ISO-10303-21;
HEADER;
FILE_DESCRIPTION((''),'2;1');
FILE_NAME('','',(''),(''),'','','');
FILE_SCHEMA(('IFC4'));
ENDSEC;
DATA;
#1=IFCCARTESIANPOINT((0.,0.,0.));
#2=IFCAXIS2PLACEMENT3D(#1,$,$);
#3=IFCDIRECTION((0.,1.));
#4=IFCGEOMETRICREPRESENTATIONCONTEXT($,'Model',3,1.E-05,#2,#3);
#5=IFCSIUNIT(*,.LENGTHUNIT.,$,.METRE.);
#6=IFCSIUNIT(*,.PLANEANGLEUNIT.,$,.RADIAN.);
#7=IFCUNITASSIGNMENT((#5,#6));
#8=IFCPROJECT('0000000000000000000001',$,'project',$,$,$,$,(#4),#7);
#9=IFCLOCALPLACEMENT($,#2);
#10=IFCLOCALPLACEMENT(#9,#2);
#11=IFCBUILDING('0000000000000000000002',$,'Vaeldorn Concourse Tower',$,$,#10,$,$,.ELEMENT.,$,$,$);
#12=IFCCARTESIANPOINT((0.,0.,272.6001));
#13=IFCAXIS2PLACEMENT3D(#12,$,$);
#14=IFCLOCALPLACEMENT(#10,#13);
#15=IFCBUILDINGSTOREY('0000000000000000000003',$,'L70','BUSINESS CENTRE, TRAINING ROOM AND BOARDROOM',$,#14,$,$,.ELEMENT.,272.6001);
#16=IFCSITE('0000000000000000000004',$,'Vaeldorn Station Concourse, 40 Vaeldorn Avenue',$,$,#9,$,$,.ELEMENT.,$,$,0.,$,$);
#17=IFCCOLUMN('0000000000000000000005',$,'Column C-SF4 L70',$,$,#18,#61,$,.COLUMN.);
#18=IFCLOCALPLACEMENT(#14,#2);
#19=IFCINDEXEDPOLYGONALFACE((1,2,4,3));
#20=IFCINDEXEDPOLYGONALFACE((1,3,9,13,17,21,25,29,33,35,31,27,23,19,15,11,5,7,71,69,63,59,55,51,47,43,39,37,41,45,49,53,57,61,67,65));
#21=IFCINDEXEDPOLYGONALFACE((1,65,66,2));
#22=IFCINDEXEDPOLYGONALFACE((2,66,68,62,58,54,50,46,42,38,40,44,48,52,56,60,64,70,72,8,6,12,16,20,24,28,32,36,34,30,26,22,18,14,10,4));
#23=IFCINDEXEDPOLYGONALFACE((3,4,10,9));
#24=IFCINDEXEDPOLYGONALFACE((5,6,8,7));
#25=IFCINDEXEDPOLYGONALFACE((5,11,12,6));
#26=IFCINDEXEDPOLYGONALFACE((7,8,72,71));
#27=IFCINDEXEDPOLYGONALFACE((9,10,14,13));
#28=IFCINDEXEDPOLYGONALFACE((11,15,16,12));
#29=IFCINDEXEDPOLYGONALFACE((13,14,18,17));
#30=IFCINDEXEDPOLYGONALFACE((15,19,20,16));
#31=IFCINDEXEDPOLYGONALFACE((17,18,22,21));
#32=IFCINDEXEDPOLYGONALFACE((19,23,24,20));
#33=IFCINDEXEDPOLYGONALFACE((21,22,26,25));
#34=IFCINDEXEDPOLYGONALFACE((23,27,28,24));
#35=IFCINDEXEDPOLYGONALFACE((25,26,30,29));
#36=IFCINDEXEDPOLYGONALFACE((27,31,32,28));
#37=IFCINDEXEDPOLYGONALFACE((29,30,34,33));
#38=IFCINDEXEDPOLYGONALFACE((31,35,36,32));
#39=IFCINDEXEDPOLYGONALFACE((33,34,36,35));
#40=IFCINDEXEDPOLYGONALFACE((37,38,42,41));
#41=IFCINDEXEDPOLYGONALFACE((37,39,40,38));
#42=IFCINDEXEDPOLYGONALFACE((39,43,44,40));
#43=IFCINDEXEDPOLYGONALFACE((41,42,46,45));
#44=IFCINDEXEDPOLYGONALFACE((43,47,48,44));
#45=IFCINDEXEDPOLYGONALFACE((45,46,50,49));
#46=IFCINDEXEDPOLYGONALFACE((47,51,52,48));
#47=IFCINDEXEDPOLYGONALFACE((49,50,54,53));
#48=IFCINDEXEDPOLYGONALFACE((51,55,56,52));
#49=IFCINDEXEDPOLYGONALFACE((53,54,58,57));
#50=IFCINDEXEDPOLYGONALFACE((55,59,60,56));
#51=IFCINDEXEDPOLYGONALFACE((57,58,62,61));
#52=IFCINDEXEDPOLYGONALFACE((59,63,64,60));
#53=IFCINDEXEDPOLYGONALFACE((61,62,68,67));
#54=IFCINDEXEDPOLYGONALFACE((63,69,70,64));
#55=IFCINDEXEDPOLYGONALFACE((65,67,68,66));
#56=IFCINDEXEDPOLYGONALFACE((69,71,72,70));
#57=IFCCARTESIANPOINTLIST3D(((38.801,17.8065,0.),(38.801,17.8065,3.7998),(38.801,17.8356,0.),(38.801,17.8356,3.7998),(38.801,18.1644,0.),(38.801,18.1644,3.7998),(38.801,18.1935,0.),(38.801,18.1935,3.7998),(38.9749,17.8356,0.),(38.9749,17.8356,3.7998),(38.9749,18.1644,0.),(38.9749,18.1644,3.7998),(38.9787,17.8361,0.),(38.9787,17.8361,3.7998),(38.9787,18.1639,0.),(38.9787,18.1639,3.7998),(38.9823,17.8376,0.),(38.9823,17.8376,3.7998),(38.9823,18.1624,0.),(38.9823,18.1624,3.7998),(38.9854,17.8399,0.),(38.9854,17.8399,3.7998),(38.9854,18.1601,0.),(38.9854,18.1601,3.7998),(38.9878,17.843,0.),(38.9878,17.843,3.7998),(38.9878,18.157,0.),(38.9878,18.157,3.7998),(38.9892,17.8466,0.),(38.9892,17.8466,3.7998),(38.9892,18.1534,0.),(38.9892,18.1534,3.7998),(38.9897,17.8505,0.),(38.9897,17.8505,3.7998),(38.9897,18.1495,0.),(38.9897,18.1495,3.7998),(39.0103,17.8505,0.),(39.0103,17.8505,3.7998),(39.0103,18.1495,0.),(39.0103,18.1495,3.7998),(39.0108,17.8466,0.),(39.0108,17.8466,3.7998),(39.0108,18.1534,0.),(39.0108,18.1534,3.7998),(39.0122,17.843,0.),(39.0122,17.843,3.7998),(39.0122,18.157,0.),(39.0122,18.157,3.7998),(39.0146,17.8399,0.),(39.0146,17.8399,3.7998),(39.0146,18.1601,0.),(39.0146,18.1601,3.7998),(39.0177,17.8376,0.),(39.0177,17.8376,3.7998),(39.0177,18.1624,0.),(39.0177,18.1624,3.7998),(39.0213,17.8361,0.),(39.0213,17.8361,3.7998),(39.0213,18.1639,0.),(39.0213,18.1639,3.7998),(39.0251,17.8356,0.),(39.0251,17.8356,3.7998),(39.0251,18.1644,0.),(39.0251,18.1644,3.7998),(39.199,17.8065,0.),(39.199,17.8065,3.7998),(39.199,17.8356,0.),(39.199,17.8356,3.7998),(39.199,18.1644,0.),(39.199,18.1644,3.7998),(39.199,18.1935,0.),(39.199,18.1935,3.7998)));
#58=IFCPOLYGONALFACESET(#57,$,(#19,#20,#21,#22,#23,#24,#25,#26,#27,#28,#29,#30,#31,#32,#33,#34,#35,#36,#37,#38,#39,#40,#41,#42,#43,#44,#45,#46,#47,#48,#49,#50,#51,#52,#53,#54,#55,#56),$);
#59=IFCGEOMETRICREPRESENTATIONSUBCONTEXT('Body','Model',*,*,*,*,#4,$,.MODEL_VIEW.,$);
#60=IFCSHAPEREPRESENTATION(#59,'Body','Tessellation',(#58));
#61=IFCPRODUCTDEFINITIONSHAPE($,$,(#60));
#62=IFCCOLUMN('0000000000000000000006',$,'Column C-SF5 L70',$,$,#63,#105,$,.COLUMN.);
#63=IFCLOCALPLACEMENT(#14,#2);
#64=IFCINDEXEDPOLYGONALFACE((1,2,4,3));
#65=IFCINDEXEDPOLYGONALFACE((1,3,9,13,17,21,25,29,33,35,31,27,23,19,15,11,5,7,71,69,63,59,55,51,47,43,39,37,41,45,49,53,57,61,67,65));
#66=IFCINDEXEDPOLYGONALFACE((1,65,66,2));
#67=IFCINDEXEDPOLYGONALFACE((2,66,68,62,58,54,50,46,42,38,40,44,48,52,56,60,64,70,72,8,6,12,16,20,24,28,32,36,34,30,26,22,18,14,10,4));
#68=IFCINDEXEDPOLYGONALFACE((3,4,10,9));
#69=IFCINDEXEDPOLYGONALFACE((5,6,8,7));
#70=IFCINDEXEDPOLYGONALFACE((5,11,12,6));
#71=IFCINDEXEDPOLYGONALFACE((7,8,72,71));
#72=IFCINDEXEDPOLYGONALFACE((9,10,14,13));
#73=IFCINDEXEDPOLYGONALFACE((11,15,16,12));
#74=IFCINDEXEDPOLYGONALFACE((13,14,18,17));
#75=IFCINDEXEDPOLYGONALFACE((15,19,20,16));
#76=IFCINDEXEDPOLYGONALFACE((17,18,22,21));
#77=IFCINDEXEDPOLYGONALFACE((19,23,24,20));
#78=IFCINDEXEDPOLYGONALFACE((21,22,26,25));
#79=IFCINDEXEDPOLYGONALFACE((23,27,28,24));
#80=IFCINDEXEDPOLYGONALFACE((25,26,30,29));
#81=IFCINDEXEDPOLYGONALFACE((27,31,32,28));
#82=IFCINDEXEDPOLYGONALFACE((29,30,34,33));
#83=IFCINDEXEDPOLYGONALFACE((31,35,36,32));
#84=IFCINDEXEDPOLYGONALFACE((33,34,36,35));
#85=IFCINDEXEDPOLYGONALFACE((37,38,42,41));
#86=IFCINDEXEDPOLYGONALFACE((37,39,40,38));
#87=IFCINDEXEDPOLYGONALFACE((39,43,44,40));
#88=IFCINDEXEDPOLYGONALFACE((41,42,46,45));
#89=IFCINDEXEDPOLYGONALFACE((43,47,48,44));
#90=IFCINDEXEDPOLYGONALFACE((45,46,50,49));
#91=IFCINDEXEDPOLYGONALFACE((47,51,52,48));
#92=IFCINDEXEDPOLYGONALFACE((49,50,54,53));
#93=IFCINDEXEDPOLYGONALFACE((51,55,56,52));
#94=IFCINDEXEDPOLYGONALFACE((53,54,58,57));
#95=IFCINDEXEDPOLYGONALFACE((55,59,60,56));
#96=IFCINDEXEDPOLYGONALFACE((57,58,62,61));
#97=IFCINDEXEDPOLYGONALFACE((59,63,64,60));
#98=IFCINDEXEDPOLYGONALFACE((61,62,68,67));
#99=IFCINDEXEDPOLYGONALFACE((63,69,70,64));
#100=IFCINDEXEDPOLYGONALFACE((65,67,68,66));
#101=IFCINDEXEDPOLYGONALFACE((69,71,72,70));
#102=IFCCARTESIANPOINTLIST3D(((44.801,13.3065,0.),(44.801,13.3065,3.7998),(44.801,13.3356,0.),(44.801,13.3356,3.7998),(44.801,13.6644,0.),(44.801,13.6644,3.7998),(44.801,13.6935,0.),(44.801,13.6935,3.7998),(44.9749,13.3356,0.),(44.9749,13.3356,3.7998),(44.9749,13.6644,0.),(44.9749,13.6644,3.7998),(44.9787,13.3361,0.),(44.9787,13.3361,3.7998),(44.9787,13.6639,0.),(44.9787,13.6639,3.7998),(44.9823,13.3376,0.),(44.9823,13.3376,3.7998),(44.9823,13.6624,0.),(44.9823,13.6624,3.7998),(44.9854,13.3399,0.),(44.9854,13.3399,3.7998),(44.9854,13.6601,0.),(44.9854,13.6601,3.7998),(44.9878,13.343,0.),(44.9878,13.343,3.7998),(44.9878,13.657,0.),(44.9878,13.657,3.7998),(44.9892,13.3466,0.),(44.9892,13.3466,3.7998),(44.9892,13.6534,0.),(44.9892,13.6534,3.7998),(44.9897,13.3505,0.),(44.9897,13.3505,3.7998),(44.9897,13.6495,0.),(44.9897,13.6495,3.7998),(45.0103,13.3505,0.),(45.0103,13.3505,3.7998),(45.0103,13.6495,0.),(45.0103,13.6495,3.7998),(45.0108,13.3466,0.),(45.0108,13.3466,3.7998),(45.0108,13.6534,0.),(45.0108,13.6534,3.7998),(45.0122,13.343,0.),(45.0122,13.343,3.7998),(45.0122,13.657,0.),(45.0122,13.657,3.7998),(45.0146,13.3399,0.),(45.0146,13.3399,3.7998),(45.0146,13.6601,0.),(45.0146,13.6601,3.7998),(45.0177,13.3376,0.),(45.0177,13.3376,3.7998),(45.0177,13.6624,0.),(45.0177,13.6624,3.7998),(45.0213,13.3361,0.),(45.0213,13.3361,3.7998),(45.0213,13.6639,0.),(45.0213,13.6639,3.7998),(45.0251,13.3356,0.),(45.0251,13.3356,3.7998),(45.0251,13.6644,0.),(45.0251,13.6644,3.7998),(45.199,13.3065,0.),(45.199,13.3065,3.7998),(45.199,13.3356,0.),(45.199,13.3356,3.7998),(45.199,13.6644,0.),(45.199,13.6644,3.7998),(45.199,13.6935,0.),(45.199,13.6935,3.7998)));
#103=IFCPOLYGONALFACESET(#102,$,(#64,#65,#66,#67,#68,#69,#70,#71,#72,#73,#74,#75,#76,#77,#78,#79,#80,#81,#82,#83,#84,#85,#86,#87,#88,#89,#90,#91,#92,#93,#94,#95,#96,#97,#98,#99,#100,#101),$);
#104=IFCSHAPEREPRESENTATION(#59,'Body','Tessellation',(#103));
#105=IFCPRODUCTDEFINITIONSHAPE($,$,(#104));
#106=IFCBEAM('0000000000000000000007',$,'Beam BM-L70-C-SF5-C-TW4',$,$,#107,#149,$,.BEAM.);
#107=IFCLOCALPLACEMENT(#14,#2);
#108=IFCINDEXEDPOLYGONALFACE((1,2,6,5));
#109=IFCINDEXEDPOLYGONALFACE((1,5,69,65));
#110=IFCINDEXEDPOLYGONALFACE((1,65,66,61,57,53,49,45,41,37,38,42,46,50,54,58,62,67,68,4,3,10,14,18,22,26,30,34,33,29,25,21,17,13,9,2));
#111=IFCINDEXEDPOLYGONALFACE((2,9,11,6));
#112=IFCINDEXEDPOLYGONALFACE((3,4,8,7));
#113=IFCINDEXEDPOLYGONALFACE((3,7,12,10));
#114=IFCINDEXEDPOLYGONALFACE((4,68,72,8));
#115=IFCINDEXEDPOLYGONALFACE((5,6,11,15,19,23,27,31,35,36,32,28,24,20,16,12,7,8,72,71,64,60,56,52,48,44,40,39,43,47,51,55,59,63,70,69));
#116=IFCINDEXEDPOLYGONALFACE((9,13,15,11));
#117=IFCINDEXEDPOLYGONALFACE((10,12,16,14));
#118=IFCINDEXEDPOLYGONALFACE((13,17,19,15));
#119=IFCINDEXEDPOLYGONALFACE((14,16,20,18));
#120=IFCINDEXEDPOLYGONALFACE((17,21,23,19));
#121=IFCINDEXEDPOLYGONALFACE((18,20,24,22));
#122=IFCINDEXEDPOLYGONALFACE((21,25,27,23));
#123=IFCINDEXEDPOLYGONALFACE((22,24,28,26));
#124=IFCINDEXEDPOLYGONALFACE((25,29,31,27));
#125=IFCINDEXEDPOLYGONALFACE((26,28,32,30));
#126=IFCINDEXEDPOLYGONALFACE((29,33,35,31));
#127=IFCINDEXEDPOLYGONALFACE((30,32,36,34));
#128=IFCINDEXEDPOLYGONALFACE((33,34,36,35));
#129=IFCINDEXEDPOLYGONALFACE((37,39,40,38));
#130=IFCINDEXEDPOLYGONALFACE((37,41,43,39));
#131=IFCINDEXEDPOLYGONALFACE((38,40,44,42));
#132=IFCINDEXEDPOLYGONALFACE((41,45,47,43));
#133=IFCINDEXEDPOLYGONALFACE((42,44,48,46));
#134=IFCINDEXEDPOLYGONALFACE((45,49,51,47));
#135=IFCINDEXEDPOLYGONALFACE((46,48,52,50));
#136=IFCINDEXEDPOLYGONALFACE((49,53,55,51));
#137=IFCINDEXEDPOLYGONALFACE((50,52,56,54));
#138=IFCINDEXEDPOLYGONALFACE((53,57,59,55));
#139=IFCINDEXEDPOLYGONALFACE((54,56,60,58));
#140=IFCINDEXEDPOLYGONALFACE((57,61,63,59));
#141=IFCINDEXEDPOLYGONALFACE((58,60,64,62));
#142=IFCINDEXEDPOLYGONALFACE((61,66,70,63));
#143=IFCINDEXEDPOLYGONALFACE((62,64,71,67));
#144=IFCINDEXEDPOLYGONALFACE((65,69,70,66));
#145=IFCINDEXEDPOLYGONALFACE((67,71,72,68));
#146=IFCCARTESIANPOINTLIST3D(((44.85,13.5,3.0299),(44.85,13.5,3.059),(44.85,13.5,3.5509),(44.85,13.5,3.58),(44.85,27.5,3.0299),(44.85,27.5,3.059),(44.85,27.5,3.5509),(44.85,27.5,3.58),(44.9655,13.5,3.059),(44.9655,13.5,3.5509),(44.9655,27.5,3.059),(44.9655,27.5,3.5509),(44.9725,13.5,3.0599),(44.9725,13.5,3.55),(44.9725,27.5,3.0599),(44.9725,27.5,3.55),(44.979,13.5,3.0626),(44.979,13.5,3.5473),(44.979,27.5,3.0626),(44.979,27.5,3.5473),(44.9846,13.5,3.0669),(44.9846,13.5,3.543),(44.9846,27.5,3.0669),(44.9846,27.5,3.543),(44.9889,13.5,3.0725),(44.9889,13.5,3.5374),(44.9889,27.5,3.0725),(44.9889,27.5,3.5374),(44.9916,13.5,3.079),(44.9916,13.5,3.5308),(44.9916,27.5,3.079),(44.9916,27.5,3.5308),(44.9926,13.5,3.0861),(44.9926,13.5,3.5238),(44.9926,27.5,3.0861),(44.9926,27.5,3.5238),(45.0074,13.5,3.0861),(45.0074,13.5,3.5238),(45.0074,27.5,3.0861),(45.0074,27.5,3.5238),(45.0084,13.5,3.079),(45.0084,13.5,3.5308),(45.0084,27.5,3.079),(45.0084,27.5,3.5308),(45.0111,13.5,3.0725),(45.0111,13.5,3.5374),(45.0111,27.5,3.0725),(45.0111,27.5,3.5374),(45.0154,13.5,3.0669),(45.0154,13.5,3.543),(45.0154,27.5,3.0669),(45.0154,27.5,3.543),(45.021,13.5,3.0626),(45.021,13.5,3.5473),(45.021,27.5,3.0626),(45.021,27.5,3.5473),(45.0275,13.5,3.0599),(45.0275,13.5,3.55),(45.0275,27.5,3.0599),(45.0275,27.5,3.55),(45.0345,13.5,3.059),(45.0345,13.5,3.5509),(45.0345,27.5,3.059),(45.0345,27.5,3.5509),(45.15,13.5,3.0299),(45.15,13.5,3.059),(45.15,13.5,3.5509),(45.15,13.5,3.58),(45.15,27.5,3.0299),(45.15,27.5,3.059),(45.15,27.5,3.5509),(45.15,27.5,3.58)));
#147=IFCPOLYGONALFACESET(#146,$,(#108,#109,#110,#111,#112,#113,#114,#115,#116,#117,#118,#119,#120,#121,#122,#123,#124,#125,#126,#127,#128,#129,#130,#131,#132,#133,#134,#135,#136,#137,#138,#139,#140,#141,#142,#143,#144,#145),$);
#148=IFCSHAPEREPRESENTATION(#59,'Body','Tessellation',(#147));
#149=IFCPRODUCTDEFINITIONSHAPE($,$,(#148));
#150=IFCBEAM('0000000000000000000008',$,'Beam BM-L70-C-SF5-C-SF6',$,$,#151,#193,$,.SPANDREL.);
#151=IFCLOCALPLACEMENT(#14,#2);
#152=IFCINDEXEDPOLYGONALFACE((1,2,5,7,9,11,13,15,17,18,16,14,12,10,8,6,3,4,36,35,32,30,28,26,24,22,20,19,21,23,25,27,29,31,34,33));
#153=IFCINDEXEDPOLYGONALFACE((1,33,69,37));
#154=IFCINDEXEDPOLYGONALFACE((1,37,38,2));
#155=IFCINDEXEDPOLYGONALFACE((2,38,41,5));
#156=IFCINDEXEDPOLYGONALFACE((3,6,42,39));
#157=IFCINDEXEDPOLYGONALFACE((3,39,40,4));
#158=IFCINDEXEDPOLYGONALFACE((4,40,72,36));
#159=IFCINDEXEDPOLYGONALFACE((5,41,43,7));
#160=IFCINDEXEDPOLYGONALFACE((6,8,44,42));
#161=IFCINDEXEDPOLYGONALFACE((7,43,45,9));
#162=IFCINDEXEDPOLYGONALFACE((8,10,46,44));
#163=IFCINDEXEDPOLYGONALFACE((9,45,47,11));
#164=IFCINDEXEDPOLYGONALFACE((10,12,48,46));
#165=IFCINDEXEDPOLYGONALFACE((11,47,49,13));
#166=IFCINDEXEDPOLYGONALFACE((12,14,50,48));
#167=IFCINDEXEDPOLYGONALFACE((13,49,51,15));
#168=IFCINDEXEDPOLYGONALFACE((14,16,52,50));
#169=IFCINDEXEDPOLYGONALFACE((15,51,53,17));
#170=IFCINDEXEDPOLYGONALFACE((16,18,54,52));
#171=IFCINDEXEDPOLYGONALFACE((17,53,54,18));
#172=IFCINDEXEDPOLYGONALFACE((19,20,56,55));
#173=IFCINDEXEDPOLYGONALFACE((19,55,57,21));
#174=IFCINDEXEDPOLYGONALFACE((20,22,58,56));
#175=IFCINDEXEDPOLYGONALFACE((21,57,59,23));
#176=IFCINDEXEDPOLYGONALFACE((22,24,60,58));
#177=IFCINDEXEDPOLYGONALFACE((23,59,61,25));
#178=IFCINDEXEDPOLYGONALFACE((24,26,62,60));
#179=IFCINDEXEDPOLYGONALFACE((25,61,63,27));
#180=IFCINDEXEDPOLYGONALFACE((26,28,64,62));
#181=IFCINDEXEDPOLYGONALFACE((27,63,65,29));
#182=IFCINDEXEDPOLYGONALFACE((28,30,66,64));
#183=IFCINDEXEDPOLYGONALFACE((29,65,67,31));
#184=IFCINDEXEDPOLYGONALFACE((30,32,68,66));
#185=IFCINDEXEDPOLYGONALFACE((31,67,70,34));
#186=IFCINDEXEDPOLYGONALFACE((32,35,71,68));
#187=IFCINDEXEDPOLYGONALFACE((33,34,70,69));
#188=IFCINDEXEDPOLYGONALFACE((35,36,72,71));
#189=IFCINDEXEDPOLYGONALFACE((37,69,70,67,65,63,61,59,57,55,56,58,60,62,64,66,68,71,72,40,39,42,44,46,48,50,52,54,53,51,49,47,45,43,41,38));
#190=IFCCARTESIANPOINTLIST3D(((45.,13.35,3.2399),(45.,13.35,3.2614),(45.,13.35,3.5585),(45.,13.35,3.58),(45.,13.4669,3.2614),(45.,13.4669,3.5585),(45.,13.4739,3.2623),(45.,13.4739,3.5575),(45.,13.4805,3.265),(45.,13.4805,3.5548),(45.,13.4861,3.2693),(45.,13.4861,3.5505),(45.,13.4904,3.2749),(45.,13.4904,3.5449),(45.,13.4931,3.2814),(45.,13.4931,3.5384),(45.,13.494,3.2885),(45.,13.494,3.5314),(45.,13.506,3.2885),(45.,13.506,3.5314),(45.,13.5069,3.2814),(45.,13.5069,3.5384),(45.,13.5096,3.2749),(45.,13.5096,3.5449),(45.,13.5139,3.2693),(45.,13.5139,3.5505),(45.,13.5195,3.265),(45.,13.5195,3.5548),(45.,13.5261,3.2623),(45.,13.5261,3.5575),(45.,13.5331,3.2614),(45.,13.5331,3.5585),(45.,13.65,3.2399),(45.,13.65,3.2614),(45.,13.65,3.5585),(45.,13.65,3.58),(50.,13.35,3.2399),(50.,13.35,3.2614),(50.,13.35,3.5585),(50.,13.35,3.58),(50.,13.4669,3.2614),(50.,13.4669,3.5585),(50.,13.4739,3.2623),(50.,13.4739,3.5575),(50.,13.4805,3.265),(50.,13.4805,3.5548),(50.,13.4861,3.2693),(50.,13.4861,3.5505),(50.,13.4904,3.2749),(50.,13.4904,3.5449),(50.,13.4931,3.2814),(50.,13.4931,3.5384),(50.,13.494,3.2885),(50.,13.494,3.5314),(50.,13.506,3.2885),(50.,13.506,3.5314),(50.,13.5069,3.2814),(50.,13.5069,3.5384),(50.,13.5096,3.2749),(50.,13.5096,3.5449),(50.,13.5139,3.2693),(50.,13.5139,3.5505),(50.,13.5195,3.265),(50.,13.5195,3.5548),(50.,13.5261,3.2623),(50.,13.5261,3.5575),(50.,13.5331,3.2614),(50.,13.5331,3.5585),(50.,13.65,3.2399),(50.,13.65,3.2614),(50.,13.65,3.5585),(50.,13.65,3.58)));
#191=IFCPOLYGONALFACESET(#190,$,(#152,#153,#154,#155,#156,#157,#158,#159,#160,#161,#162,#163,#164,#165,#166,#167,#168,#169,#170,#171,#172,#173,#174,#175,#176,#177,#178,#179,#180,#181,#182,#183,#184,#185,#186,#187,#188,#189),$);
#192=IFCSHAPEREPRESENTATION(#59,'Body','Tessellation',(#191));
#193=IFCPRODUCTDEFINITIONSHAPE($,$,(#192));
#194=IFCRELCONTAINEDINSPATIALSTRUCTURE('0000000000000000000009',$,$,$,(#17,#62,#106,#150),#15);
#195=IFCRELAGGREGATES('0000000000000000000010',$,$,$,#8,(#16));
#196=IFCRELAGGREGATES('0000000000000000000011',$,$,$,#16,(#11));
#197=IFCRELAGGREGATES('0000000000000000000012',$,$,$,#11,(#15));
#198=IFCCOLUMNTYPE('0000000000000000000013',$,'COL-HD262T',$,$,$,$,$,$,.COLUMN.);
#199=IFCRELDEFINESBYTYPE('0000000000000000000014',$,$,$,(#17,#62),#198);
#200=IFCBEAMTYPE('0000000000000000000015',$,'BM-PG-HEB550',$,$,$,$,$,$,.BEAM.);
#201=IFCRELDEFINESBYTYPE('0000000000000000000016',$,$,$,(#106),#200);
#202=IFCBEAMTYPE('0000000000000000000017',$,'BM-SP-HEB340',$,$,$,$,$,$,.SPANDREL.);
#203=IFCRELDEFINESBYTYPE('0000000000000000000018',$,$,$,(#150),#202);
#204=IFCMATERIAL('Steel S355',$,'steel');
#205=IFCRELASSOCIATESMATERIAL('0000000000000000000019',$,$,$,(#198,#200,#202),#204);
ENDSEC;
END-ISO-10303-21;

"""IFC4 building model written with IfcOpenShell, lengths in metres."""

from ifc_helpers import new_model, si_unit, direction, frame, origin, origin_2d, place, context, subcontext, project, spatial, i_section, extrude, source, transform, mapped, material, material_profile, profile_set, type_object, element, save


model = new_model("IFC4")

# Units and contexts
model_context = context("Model", 3, precision=1e-05, world=origin(), true_north=direction((0.0, 1.0)))
body_context = subcontext(model_context, "Body", "Model", "MODEL_VIEW")
ifc_project = project(units=[si_unit("LENGTHUNIT", "METRE"), si_unit("PLANEANGLEUNIT", "RADIAN")], contexts=[model_context])

# Site, building, storey
site_placement = place(None, origin())
site = spatial("IfcSite", under=ifc_project, at=site_placement, Name="Vaeldorn Station Concourse, 40 Vaeldorn Avenue", CompositionType="ELEMENT", RefElevation=0.0)
building_placement = place(site_placement, origin())
building = spatial("IfcBuilding", under=site, at=building_placement, Name="Vaeldorn Concourse Tower", CompositionType="ELEMENT")
storey_placement = place(building_placement, frame((0.0, 0.0, 272.6001)))
storey = spatial("IfcBuildingStorey", under=building, at=storey_placement, Name="L70", Description="BUSINESS CENTRE, TRAINING ROOM AND BOARDROOM", CompositionType="ELEMENT", Elevation=272.6001)

# Columns
ifc_material_1 = material(Name="Steel S355", Category="steel")
ifc_material_profile_1 = material_profile(ifc_material_1, i_section(OverallWidth=0.3979, OverallDepth=0.387, WebThickness=0.0205, FlangeThickness=0.0291, FilletRadius=0.0149, at=origin_2d()), Name="HD 400x262")
ifc_profile_set_1 = profile_set([ifc_material_profile_1], Name="Steel S355")
column_type = type_object("IfcColumnType", Name="COL-HD262T", PredefinedType="COLUMN", material=ifc_profile_set_1)
shared_shape_1 = source(origin(), body_context, "Body", "SweptSolid", [
    extrude(i_section(OverallWidth=0.3979, OverallDepth=0.387, WebThickness=0.0205, FlangeThickness=0.0291, FilletRadius=0.0149, at=origin_2d()), origin(), (0.0, 0.0, 1.0), 3.7998),
])
for number, where, z_axis, x_axis, name in (
    (1, (39.0, 18.0, 0.0), (0.0, 0.0, 1.0), (1.0, 0.0, 0.0), "Column C-SF4 L70"),
    (2, (45.0, 13.5, 0.0), (0.0, 0.0, 1.0), (1.0, 0.0, 0.0), "Column C-SF5 L70"),
):
    element("IfcColumn", number, at=place(storey_placement, frame(where, z_axis=z_axis, x_axis=x_axis)), inside=storey, type_object=column_type, Name=name, PredefinedType="COLUMN", context=body_context, shape_type="MappedRepresentation", body=[
        mapped(shared_shape_1, transform((0.0, 0.0, 0.0), scale=1.0)),
    ])

# Beams
ifc_material_profile_2 = material_profile(ifc_material_1, i_section(OverallWidth=0.3, OverallDepth=0.55, WebThickness=0.0149, FlangeThickness=0.0291, FilletRadius=0.0271, at=origin_2d()), Name="HEB 550")
ifc_profile_set_2 = profile_set([ifc_material_profile_2], Name="Steel S355")
beam_type_1 = type_object("IfcBeamType", Name="BM-PG-HEB550", PredefinedType="BEAM", material=ifc_profile_set_2)
shared_shape_2 = source(origin(), body_context, "Body", "SweptSolid", [
    extrude(i_section(OverallWidth=0.3, OverallDepth=0.55, WebThickness=0.0149, FlangeThickness=0.0291, FilletRadius=0.0271, at=origin_2d()), origin(), (0.0, 0.0, 1.0), 14.0),
])
beam_1_placement = place(storey_placement, frame((45.0, 13.5, 3.3049), z_axis=(0.0, 1.0, 0.0), x_axis=(-1.0, 0.0, 0.0)))
element("IfcBeam", 3, at=beam_1_placement, inside=storey, type_object=beam_type_1, Name="Beam BM-L70-C-SF5-C-TW4", PredefinedType="BEAM", context=body_context, shape_type="MappedRepresentation", body=[
    mapped(shared_shape_2, transform((0.0, 0.0, 0.0), scale=1.0)),
])
ifc_material_profile_3 = material_profile(ifc_material_1, i_section(OverallWidth=0.3, OverallDepth=0.3401, WebThickness=0.012, FlangeThickness=0.0215, FilletRadius=0.0271, at=origin_2d()), Name="HEB 340")
ifc_profile_set_3 = profile_set([ifc_material_profile_3], Name="Steel S355")
beam_type_2 = type_object("IfcBeamType", Name="BM-SP-HEB340", PredefinedType="SPANDREL", material=ifc_profile_set_3)
shared_shape_3 = source(origin(), body_context, "Body", "SweptSolid", [
    extrude(i_section(OverallWidth=0.3, OverallDepth=0.3401, WebThickness=0.012, FlangeThickness=0.0215, FilletRadius=0.0271, at=origin_2d()), origin(), (0.0, 0.0, 1.0), 5.0),
])
beam_2_placement = place(storey_placement, frame((45.0, 13.5, 3.4099), z_axis=(1.0, 0.0, 0.0), x_axis=(0.0, 1.0, 0.0)))
element("IfcBeam", 4, at=beam_2_placement, inside=storey, type_object=beam_type_2, Name="Beam BM-L70-C-SF5-C-SF6", PredefinedType="SPANDREL", context=body_context, shape_type="MappedRepresentation", body=[
    mapped(shared_shape_3, transform((0.0, 0.0, 0.0), scale=1.0)),
])

save(model, "model.ifc")
